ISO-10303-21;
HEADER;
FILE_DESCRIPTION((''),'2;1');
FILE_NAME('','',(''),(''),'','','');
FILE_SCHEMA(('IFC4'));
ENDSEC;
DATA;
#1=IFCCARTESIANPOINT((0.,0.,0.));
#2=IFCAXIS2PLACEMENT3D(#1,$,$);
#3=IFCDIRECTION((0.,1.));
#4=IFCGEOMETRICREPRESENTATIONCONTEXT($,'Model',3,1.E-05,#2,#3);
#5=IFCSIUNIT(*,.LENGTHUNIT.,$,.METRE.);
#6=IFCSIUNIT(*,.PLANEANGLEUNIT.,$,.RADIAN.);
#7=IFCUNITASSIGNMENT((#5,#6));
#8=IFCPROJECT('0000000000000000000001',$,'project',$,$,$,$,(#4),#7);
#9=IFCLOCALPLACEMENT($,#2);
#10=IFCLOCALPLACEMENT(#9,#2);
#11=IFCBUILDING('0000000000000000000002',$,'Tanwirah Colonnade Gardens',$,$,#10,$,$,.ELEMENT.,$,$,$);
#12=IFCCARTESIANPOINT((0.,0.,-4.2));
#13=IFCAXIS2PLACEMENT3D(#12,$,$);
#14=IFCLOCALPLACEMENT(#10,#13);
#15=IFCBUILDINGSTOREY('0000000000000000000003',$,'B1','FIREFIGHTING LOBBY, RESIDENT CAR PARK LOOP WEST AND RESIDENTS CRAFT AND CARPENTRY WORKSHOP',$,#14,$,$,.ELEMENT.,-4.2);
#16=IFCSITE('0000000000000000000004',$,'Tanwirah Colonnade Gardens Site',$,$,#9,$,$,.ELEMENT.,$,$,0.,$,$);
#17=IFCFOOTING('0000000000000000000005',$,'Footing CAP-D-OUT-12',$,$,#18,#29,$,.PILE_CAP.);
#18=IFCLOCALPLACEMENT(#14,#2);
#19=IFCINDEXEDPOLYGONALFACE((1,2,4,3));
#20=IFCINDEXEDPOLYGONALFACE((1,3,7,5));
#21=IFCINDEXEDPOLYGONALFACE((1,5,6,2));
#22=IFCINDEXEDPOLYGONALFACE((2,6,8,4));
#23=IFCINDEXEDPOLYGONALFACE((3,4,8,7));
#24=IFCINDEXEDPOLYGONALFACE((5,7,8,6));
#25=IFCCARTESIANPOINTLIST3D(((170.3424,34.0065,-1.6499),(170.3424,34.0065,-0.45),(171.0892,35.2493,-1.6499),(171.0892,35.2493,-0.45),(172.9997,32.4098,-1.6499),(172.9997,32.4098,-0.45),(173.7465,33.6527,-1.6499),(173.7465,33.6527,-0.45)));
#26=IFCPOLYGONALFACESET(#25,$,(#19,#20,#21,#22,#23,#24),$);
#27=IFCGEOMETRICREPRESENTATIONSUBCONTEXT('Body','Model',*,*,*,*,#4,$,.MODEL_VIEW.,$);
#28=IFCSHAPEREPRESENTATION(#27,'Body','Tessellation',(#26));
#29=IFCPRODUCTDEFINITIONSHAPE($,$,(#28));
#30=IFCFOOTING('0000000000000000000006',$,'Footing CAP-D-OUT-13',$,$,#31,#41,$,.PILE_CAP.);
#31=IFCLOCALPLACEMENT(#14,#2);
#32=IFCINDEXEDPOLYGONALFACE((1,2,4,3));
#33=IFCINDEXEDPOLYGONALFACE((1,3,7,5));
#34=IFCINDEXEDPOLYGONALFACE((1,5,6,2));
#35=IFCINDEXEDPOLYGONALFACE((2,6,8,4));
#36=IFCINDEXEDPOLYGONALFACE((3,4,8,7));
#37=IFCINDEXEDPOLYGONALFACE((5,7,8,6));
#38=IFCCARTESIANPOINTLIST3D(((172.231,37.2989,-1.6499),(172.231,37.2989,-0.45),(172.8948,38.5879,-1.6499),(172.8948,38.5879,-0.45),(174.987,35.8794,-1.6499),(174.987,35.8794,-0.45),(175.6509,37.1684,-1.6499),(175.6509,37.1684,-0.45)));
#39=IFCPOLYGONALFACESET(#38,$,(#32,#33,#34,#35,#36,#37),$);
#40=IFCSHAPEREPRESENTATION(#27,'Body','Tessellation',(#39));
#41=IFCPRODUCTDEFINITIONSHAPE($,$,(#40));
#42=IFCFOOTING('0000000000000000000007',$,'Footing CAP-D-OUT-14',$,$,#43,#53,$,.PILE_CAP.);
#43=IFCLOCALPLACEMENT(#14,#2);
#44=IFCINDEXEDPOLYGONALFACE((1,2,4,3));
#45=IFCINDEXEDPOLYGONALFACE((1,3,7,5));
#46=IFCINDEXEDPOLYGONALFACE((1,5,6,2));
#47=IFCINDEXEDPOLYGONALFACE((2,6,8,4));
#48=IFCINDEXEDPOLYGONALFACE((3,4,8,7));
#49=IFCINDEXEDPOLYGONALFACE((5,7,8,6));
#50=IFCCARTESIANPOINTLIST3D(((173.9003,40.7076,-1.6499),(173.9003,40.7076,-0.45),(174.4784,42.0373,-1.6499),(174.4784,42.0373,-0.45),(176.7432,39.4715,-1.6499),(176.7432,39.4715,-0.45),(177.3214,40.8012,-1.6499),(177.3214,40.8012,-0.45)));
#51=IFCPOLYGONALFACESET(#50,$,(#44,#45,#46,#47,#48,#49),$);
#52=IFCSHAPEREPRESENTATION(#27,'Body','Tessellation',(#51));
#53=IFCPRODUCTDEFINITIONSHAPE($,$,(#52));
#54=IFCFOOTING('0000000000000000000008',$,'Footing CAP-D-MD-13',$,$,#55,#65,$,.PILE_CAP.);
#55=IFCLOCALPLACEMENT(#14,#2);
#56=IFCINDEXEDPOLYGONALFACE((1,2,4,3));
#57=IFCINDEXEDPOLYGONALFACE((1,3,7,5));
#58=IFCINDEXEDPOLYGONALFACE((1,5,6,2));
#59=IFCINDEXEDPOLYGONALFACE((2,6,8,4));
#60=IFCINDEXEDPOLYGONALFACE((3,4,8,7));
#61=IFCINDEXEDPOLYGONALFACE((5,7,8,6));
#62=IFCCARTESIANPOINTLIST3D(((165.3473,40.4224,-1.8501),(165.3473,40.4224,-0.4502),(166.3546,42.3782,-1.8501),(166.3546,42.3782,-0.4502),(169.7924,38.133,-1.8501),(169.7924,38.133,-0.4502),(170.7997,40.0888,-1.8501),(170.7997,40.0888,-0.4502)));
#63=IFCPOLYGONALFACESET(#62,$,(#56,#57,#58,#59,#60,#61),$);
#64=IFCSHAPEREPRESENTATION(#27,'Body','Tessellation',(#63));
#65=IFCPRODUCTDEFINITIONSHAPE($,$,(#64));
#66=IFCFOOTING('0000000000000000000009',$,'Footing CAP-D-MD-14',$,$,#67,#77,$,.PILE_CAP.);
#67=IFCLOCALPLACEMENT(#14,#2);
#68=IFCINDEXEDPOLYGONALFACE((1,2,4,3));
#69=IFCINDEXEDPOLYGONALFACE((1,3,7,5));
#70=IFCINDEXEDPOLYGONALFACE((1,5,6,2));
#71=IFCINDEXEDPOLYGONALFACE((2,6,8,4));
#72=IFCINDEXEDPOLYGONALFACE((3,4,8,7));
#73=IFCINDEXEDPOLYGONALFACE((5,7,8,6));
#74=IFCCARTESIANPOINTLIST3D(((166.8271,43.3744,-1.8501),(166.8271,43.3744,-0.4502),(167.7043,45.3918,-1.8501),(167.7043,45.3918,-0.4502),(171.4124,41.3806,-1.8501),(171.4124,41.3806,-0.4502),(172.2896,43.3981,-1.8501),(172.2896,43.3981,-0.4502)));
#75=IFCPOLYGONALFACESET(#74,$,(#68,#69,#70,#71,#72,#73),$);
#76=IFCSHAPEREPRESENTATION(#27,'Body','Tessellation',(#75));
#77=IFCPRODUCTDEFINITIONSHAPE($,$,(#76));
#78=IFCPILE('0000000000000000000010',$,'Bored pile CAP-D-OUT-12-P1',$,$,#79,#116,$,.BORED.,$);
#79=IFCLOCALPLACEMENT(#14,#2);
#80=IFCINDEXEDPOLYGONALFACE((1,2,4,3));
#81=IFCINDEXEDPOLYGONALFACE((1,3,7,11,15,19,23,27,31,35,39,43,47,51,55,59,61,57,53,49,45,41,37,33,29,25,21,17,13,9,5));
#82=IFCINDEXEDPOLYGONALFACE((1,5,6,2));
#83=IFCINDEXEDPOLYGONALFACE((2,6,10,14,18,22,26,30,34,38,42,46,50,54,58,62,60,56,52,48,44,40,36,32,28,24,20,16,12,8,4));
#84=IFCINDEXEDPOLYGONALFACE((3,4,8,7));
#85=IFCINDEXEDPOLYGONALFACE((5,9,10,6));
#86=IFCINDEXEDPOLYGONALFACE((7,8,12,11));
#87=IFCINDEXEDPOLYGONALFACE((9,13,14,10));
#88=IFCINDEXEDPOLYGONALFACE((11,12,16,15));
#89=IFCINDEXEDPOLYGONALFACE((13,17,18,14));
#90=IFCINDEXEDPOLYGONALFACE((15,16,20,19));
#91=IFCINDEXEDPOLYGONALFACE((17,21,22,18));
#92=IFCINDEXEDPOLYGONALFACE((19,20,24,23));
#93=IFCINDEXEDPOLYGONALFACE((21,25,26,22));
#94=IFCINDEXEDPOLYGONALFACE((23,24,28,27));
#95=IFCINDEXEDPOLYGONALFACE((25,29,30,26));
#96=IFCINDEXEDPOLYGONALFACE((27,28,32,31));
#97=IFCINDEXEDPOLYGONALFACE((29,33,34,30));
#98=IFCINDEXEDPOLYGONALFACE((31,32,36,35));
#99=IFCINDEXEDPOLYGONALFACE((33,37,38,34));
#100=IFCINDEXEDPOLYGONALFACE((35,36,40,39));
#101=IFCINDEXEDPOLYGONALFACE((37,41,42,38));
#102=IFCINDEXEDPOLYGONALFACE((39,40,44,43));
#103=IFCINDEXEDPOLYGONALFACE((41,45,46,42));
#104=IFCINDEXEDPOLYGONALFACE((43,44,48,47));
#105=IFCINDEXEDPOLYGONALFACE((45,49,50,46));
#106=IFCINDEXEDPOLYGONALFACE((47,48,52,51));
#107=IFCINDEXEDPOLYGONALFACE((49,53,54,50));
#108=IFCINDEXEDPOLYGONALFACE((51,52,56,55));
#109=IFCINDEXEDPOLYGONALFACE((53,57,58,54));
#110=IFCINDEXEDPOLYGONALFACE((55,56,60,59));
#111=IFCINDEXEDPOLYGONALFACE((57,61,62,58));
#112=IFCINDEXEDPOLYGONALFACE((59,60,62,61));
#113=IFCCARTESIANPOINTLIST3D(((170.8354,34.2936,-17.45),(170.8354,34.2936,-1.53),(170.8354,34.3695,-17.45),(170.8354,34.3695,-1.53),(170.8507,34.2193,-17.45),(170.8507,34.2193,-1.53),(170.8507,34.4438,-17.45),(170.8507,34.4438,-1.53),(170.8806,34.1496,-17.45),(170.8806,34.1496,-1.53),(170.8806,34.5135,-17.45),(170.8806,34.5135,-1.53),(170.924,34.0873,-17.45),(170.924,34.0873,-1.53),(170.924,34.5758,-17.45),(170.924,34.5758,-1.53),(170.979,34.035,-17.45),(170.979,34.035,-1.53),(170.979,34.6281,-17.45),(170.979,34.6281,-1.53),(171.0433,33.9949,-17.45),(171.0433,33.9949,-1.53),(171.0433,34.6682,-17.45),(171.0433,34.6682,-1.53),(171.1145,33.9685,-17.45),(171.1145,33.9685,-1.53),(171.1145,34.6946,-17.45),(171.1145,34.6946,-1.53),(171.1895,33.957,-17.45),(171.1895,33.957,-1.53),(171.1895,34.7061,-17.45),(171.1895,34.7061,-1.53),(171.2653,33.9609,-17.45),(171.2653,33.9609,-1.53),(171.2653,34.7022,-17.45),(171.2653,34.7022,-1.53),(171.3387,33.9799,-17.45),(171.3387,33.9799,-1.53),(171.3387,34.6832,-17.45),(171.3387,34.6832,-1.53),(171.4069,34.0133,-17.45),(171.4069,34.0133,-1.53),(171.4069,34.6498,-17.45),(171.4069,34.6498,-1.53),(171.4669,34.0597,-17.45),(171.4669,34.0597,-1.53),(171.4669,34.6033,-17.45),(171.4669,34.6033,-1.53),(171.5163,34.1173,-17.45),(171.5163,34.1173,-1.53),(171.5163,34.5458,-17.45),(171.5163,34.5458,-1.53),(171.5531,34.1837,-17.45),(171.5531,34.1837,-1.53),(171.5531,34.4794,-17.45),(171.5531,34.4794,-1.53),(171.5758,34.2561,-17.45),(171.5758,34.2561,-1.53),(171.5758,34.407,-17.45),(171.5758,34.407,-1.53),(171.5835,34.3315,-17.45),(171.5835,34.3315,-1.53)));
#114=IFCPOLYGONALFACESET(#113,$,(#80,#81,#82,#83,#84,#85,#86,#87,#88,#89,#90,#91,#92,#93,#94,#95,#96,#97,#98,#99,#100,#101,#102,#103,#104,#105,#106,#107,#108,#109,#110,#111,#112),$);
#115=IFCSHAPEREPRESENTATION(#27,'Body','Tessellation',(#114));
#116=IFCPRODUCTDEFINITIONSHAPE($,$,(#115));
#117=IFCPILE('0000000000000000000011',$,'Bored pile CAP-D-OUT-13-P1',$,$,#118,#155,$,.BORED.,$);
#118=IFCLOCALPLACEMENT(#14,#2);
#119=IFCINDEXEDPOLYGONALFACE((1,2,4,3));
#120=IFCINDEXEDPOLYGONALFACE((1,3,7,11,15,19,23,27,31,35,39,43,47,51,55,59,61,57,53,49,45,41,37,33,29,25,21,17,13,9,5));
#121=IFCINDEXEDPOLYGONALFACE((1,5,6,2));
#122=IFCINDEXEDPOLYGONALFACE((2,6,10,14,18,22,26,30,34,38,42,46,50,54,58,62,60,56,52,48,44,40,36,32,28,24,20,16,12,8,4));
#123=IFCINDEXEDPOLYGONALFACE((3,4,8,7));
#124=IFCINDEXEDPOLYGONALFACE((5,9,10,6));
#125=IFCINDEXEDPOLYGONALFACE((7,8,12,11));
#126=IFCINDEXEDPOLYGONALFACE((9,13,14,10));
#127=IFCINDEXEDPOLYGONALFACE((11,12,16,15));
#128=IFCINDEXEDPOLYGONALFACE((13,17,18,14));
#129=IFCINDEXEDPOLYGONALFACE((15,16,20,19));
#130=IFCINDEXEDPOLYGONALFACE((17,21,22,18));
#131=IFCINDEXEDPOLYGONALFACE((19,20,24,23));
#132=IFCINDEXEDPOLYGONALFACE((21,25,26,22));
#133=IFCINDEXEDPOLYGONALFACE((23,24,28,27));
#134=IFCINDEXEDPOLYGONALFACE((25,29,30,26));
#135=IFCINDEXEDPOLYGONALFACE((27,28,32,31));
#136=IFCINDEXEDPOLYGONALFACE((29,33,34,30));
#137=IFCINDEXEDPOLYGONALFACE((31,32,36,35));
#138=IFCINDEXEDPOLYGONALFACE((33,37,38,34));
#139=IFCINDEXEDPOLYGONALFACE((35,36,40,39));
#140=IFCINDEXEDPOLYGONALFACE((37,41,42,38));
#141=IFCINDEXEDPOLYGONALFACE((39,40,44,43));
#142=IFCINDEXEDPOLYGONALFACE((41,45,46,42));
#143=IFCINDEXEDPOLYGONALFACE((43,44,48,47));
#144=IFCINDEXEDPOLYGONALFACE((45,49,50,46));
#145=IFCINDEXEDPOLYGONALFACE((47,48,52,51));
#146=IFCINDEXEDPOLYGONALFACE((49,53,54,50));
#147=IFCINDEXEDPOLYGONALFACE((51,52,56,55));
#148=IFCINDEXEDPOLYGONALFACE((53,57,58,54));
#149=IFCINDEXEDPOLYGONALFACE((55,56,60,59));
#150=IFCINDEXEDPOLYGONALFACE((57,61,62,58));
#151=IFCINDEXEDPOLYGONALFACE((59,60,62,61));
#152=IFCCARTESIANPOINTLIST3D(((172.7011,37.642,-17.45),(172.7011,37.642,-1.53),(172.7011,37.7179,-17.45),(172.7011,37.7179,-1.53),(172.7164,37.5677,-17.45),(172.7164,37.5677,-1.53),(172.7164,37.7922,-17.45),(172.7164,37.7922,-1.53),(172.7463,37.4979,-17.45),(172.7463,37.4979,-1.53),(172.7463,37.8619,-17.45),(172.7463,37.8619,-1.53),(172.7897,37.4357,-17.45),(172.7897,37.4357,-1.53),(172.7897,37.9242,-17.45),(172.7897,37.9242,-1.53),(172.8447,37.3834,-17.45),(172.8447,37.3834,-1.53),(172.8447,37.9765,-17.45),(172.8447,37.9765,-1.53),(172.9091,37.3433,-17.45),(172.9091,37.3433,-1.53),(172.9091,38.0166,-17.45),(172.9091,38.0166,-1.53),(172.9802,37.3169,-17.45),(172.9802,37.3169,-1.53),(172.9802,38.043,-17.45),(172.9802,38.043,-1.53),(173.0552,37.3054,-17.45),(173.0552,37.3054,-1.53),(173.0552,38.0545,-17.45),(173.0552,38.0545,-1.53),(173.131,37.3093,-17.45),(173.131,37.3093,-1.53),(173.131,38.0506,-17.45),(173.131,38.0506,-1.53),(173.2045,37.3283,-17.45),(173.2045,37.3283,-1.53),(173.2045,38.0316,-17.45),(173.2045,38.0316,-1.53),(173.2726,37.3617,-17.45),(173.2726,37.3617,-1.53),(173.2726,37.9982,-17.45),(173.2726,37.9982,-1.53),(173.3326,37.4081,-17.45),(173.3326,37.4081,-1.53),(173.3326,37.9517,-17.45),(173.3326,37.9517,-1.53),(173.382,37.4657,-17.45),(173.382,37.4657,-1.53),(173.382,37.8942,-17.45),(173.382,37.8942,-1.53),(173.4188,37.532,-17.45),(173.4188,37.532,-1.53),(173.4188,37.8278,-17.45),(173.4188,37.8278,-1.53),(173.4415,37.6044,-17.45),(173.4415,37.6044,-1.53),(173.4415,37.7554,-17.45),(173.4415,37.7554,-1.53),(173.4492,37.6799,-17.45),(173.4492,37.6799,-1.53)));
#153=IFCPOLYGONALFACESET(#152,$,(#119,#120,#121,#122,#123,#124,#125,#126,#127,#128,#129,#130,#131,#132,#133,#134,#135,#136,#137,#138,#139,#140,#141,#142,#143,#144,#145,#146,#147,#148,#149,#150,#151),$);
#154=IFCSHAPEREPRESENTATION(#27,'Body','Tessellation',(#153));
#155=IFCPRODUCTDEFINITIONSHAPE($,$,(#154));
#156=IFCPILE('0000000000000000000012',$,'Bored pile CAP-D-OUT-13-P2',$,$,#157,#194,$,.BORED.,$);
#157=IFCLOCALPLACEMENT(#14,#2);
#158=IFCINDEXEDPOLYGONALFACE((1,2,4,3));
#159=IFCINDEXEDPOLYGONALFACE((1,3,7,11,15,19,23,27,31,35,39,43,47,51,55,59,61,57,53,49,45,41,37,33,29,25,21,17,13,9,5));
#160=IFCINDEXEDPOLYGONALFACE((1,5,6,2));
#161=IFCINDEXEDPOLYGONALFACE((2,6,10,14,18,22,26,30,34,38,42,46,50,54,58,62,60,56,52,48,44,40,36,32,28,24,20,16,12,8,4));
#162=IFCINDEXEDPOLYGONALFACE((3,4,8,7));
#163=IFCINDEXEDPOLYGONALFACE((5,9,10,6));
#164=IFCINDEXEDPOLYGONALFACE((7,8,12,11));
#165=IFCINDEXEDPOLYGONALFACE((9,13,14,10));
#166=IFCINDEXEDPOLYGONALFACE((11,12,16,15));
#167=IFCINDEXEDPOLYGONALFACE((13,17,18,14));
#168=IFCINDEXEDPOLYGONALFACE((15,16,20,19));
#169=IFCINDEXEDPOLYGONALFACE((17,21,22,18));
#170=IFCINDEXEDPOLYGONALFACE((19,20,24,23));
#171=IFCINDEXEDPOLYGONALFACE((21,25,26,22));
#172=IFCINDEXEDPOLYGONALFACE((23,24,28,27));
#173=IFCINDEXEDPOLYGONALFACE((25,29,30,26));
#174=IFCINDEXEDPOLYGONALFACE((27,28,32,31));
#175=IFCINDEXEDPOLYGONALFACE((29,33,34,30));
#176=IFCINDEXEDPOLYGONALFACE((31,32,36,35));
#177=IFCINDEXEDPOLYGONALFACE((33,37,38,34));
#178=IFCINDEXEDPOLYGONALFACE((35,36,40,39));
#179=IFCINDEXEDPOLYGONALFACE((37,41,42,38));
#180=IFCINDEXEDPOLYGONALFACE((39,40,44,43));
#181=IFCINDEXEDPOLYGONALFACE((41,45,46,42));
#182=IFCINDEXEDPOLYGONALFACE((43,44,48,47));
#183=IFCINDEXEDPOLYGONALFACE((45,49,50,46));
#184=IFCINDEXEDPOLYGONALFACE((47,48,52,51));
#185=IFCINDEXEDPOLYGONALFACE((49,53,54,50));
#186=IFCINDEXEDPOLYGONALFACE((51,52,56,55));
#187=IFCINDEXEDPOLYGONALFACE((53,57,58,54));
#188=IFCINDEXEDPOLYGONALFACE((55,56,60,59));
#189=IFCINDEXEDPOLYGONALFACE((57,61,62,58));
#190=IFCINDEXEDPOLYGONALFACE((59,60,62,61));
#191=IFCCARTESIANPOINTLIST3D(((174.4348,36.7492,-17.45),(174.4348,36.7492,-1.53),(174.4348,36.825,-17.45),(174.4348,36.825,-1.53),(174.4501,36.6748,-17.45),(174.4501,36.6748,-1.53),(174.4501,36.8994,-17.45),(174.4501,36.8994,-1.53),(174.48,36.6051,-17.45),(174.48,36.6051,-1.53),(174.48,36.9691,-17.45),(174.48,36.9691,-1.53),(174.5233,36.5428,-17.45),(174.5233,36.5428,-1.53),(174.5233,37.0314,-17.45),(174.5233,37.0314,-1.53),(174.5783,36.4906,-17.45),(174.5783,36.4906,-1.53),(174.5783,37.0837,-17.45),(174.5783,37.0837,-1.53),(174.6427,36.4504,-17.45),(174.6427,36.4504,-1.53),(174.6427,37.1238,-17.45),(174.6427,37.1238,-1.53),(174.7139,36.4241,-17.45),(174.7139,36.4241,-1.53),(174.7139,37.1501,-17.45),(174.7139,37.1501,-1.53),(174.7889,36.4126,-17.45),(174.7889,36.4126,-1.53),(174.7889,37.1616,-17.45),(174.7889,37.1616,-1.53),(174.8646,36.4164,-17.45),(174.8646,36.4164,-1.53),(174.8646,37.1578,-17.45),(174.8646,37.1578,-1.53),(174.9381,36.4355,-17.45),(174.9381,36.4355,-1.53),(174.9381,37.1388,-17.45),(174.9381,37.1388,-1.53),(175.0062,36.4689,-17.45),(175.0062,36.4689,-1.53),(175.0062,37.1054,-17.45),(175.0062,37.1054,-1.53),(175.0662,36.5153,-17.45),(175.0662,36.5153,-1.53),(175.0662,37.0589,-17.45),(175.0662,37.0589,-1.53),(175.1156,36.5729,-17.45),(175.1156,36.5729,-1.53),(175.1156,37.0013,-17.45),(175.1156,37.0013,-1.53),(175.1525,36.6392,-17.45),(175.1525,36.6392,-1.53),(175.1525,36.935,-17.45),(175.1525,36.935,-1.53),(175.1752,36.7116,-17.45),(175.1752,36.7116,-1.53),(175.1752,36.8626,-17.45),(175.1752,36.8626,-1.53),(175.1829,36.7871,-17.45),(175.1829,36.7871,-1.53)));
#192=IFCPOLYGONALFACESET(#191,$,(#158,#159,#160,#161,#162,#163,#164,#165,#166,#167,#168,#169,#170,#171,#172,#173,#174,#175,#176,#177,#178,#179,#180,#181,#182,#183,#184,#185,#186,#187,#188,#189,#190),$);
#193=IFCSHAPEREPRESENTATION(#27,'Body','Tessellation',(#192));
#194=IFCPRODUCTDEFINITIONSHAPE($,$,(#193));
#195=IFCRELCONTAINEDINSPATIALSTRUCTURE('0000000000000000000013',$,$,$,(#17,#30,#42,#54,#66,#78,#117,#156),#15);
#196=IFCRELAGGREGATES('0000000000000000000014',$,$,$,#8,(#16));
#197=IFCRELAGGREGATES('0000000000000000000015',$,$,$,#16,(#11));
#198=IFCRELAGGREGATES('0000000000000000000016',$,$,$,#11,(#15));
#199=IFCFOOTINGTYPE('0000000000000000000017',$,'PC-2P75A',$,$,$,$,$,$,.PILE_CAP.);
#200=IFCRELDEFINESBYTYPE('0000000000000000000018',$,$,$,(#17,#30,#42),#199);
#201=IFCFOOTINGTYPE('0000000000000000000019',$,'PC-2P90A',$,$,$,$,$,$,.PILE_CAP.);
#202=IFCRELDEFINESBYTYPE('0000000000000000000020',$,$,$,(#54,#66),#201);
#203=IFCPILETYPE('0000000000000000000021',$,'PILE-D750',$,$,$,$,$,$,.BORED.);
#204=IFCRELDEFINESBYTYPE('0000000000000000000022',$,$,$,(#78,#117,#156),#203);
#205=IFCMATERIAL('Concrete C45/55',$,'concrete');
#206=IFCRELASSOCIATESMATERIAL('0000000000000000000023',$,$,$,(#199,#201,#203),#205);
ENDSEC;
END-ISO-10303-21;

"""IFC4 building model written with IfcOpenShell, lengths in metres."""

from ifc_helpers import new_model, si_unit, direction, frame, origin, origin_2d, place, context, subcontext, project, spatial, rectangle, circle, extrude, material, material_profile, profile_set, type_object, element, save


model = new_model("IFC4")

# Units and contexts
model_context = context("Model", 3, precision=1e-05, world=origin(), true_north=direction((0.0, 1.0)))
body_context = subcontext(model_context, "Body", "Model", "MODEL_VIEW")
ifc_project = project(units=[si_unit("LENGTHUNIT", "METRE"), si_unit("PLANEANGLEUNIT", "RADIAN")], contexts=[model_context])

# Site, building, storey
site_placement = place(None, origin())
site = spatial("IfcSite", under=ifc_project, at=site_placement, Name="Tanwirah Colonnade Gardens Site", CompositionType="ELEMENT", RefElevation=0.0)
building_placement = place(site_placement, origin())
building = spatial("IfcBuilding", under=site, at=building_placement, Name="Tanwirah Colonnade Gardens", CompositionType="ELEMENT")
storey_placement = place(building_placement, frame((0.0, 0.0, -4.2)))
storey = spatial("IfcBuildingStorey", under=building, at=storey_placement, Name="B1", Description="FIREFIGHTING LOBBY, RESIDENT CAR PARK LOOP WEST AND RESIDENTS CRAFT AND CARPENTRY WORKSHOP", CompositionType="ELEMENT", Elevation=-4.2)

# Footings
ifc_material_1 = material(Name="Concrete C45/55", Category="concrete")
footing_type_1 = type_object("IfcFootingType", Name="PC-2P75A", PredefinedType="PILE_CAP", material=ifc_material_1)
for number, where, z_axis, x_axis, name in (
    (1, (172.0444, 33.8296, -1.6499), (0.0, 0.0, 1.0), (0.857167, -0.515038, 0.0), "Footing CAP-D-OUT-12"),
    (2, (173.9409, 37.2336, -1.6499), (0.0, 0.0, 1.0), (0.889017, -0.457874, 0.0), "Footing CAP-D-OUT-13"),
    (3, (175.6108, 40.7544, -1.6499), (0.0, 0.0, 1.0), (0.91706, -0.398749, 0.0), "Footing CAP-D-OUT-14"),
):
    element("IfcFooting", number, at=place(storey_placement, frame(where, z_axis=z_axis, x_axis=x_axis)), inside=storey, type_object=footing_type_1, Name=name, PredefinedType="PILE_CAP", context=body_context, shape_type="SweptSolid", body=[
        extrude(rectangle(XDim=3.1001, YDim=1.45, at=origin_2d()), origin(), (0.0, 0.0, 1.0), 1.2),
    ])
footing_type_2 = type_object("IfcFootingType", Name="PC-2P90A", PredefinedType="PILE_CAP", material=ifc_material_1)
for number, where, z_axis, x_axis, name in (
    (4, (168.0735, 40.2556, -1.8501), (0.0, 0.0, 1.0), (0.889017, -0.457874, 0.0), "Footing CAP-D-MD-13"),
    (5, (169.5583, 43.3862, -1.8501), (0.0, 0.0, 1.0), (0.91706, -0.398749, 0.0), "Footing CAP-D-MD-14"),
):
    element("IfcFooting", number, at=place(storey_placement, frame(where, z_axis=z_axis, x_axis=x_axis)), inside=storey, type_object=footing_type_2, Name=name, PredefinedType="PILE_CAP", context=body_context, shape_type="SweptSolid", body=[
        extrude(rectangle(XDim=5.0, YDim=2.2, at=origin_2d()), origin(), (0.0, 0.0, 1.0), 1.3999),
    ])

# Piles
ifc_material_profile_1 = material_profile(ifc_material_1, circle(Radius=0.375, at=origin_2d()), Name="PILE D750")
ifc_profile_set_1 = profile_set([ifc_material_profile_1], Name="Concrete C45/55")
pile_type_1 = type_object("IfcPileType", Name="PILE-D750", PredefinedType="BORED", material=ifc_profile_set_1)
for number, where, z_axis, x_axis, name in (
    (6, (171.2085, 34.3315, -1.53), (0.0, 0.0, -1.0), (1.0, 0.0, 0.0), "Bored pile CAP-D-OUT-12-P1"),
    (7, (173.0742, 37.6799, -1.53), (0.0, 0.0, -1.0), (1.0, 0.0, 0.0), "Bored pile CAP-D-OUT-13-P1"),
    (8, (174.8079, 36.7871, -1.53), (0.0, 0.0, -1.0), (1.0, 0.0, 0.0), "Bored pile CAP-D-OUT-13-P2"),
):
    element("IfcPile", number, at=place(storey_placement, frame(where, z_axis=z_axis, x_axis=x_axis)), inside=storey, type_object=pile_type_1, Name=name, PredefinedType="BORED", context=body_context, shape_type="SweptSolid", body=[
        extrude(circle(Radius=0.375, at=origin_2d()), origin(), (0.0, 0.0, 1.0), 15.9199),
    ])

save(model, "model.ifc")
